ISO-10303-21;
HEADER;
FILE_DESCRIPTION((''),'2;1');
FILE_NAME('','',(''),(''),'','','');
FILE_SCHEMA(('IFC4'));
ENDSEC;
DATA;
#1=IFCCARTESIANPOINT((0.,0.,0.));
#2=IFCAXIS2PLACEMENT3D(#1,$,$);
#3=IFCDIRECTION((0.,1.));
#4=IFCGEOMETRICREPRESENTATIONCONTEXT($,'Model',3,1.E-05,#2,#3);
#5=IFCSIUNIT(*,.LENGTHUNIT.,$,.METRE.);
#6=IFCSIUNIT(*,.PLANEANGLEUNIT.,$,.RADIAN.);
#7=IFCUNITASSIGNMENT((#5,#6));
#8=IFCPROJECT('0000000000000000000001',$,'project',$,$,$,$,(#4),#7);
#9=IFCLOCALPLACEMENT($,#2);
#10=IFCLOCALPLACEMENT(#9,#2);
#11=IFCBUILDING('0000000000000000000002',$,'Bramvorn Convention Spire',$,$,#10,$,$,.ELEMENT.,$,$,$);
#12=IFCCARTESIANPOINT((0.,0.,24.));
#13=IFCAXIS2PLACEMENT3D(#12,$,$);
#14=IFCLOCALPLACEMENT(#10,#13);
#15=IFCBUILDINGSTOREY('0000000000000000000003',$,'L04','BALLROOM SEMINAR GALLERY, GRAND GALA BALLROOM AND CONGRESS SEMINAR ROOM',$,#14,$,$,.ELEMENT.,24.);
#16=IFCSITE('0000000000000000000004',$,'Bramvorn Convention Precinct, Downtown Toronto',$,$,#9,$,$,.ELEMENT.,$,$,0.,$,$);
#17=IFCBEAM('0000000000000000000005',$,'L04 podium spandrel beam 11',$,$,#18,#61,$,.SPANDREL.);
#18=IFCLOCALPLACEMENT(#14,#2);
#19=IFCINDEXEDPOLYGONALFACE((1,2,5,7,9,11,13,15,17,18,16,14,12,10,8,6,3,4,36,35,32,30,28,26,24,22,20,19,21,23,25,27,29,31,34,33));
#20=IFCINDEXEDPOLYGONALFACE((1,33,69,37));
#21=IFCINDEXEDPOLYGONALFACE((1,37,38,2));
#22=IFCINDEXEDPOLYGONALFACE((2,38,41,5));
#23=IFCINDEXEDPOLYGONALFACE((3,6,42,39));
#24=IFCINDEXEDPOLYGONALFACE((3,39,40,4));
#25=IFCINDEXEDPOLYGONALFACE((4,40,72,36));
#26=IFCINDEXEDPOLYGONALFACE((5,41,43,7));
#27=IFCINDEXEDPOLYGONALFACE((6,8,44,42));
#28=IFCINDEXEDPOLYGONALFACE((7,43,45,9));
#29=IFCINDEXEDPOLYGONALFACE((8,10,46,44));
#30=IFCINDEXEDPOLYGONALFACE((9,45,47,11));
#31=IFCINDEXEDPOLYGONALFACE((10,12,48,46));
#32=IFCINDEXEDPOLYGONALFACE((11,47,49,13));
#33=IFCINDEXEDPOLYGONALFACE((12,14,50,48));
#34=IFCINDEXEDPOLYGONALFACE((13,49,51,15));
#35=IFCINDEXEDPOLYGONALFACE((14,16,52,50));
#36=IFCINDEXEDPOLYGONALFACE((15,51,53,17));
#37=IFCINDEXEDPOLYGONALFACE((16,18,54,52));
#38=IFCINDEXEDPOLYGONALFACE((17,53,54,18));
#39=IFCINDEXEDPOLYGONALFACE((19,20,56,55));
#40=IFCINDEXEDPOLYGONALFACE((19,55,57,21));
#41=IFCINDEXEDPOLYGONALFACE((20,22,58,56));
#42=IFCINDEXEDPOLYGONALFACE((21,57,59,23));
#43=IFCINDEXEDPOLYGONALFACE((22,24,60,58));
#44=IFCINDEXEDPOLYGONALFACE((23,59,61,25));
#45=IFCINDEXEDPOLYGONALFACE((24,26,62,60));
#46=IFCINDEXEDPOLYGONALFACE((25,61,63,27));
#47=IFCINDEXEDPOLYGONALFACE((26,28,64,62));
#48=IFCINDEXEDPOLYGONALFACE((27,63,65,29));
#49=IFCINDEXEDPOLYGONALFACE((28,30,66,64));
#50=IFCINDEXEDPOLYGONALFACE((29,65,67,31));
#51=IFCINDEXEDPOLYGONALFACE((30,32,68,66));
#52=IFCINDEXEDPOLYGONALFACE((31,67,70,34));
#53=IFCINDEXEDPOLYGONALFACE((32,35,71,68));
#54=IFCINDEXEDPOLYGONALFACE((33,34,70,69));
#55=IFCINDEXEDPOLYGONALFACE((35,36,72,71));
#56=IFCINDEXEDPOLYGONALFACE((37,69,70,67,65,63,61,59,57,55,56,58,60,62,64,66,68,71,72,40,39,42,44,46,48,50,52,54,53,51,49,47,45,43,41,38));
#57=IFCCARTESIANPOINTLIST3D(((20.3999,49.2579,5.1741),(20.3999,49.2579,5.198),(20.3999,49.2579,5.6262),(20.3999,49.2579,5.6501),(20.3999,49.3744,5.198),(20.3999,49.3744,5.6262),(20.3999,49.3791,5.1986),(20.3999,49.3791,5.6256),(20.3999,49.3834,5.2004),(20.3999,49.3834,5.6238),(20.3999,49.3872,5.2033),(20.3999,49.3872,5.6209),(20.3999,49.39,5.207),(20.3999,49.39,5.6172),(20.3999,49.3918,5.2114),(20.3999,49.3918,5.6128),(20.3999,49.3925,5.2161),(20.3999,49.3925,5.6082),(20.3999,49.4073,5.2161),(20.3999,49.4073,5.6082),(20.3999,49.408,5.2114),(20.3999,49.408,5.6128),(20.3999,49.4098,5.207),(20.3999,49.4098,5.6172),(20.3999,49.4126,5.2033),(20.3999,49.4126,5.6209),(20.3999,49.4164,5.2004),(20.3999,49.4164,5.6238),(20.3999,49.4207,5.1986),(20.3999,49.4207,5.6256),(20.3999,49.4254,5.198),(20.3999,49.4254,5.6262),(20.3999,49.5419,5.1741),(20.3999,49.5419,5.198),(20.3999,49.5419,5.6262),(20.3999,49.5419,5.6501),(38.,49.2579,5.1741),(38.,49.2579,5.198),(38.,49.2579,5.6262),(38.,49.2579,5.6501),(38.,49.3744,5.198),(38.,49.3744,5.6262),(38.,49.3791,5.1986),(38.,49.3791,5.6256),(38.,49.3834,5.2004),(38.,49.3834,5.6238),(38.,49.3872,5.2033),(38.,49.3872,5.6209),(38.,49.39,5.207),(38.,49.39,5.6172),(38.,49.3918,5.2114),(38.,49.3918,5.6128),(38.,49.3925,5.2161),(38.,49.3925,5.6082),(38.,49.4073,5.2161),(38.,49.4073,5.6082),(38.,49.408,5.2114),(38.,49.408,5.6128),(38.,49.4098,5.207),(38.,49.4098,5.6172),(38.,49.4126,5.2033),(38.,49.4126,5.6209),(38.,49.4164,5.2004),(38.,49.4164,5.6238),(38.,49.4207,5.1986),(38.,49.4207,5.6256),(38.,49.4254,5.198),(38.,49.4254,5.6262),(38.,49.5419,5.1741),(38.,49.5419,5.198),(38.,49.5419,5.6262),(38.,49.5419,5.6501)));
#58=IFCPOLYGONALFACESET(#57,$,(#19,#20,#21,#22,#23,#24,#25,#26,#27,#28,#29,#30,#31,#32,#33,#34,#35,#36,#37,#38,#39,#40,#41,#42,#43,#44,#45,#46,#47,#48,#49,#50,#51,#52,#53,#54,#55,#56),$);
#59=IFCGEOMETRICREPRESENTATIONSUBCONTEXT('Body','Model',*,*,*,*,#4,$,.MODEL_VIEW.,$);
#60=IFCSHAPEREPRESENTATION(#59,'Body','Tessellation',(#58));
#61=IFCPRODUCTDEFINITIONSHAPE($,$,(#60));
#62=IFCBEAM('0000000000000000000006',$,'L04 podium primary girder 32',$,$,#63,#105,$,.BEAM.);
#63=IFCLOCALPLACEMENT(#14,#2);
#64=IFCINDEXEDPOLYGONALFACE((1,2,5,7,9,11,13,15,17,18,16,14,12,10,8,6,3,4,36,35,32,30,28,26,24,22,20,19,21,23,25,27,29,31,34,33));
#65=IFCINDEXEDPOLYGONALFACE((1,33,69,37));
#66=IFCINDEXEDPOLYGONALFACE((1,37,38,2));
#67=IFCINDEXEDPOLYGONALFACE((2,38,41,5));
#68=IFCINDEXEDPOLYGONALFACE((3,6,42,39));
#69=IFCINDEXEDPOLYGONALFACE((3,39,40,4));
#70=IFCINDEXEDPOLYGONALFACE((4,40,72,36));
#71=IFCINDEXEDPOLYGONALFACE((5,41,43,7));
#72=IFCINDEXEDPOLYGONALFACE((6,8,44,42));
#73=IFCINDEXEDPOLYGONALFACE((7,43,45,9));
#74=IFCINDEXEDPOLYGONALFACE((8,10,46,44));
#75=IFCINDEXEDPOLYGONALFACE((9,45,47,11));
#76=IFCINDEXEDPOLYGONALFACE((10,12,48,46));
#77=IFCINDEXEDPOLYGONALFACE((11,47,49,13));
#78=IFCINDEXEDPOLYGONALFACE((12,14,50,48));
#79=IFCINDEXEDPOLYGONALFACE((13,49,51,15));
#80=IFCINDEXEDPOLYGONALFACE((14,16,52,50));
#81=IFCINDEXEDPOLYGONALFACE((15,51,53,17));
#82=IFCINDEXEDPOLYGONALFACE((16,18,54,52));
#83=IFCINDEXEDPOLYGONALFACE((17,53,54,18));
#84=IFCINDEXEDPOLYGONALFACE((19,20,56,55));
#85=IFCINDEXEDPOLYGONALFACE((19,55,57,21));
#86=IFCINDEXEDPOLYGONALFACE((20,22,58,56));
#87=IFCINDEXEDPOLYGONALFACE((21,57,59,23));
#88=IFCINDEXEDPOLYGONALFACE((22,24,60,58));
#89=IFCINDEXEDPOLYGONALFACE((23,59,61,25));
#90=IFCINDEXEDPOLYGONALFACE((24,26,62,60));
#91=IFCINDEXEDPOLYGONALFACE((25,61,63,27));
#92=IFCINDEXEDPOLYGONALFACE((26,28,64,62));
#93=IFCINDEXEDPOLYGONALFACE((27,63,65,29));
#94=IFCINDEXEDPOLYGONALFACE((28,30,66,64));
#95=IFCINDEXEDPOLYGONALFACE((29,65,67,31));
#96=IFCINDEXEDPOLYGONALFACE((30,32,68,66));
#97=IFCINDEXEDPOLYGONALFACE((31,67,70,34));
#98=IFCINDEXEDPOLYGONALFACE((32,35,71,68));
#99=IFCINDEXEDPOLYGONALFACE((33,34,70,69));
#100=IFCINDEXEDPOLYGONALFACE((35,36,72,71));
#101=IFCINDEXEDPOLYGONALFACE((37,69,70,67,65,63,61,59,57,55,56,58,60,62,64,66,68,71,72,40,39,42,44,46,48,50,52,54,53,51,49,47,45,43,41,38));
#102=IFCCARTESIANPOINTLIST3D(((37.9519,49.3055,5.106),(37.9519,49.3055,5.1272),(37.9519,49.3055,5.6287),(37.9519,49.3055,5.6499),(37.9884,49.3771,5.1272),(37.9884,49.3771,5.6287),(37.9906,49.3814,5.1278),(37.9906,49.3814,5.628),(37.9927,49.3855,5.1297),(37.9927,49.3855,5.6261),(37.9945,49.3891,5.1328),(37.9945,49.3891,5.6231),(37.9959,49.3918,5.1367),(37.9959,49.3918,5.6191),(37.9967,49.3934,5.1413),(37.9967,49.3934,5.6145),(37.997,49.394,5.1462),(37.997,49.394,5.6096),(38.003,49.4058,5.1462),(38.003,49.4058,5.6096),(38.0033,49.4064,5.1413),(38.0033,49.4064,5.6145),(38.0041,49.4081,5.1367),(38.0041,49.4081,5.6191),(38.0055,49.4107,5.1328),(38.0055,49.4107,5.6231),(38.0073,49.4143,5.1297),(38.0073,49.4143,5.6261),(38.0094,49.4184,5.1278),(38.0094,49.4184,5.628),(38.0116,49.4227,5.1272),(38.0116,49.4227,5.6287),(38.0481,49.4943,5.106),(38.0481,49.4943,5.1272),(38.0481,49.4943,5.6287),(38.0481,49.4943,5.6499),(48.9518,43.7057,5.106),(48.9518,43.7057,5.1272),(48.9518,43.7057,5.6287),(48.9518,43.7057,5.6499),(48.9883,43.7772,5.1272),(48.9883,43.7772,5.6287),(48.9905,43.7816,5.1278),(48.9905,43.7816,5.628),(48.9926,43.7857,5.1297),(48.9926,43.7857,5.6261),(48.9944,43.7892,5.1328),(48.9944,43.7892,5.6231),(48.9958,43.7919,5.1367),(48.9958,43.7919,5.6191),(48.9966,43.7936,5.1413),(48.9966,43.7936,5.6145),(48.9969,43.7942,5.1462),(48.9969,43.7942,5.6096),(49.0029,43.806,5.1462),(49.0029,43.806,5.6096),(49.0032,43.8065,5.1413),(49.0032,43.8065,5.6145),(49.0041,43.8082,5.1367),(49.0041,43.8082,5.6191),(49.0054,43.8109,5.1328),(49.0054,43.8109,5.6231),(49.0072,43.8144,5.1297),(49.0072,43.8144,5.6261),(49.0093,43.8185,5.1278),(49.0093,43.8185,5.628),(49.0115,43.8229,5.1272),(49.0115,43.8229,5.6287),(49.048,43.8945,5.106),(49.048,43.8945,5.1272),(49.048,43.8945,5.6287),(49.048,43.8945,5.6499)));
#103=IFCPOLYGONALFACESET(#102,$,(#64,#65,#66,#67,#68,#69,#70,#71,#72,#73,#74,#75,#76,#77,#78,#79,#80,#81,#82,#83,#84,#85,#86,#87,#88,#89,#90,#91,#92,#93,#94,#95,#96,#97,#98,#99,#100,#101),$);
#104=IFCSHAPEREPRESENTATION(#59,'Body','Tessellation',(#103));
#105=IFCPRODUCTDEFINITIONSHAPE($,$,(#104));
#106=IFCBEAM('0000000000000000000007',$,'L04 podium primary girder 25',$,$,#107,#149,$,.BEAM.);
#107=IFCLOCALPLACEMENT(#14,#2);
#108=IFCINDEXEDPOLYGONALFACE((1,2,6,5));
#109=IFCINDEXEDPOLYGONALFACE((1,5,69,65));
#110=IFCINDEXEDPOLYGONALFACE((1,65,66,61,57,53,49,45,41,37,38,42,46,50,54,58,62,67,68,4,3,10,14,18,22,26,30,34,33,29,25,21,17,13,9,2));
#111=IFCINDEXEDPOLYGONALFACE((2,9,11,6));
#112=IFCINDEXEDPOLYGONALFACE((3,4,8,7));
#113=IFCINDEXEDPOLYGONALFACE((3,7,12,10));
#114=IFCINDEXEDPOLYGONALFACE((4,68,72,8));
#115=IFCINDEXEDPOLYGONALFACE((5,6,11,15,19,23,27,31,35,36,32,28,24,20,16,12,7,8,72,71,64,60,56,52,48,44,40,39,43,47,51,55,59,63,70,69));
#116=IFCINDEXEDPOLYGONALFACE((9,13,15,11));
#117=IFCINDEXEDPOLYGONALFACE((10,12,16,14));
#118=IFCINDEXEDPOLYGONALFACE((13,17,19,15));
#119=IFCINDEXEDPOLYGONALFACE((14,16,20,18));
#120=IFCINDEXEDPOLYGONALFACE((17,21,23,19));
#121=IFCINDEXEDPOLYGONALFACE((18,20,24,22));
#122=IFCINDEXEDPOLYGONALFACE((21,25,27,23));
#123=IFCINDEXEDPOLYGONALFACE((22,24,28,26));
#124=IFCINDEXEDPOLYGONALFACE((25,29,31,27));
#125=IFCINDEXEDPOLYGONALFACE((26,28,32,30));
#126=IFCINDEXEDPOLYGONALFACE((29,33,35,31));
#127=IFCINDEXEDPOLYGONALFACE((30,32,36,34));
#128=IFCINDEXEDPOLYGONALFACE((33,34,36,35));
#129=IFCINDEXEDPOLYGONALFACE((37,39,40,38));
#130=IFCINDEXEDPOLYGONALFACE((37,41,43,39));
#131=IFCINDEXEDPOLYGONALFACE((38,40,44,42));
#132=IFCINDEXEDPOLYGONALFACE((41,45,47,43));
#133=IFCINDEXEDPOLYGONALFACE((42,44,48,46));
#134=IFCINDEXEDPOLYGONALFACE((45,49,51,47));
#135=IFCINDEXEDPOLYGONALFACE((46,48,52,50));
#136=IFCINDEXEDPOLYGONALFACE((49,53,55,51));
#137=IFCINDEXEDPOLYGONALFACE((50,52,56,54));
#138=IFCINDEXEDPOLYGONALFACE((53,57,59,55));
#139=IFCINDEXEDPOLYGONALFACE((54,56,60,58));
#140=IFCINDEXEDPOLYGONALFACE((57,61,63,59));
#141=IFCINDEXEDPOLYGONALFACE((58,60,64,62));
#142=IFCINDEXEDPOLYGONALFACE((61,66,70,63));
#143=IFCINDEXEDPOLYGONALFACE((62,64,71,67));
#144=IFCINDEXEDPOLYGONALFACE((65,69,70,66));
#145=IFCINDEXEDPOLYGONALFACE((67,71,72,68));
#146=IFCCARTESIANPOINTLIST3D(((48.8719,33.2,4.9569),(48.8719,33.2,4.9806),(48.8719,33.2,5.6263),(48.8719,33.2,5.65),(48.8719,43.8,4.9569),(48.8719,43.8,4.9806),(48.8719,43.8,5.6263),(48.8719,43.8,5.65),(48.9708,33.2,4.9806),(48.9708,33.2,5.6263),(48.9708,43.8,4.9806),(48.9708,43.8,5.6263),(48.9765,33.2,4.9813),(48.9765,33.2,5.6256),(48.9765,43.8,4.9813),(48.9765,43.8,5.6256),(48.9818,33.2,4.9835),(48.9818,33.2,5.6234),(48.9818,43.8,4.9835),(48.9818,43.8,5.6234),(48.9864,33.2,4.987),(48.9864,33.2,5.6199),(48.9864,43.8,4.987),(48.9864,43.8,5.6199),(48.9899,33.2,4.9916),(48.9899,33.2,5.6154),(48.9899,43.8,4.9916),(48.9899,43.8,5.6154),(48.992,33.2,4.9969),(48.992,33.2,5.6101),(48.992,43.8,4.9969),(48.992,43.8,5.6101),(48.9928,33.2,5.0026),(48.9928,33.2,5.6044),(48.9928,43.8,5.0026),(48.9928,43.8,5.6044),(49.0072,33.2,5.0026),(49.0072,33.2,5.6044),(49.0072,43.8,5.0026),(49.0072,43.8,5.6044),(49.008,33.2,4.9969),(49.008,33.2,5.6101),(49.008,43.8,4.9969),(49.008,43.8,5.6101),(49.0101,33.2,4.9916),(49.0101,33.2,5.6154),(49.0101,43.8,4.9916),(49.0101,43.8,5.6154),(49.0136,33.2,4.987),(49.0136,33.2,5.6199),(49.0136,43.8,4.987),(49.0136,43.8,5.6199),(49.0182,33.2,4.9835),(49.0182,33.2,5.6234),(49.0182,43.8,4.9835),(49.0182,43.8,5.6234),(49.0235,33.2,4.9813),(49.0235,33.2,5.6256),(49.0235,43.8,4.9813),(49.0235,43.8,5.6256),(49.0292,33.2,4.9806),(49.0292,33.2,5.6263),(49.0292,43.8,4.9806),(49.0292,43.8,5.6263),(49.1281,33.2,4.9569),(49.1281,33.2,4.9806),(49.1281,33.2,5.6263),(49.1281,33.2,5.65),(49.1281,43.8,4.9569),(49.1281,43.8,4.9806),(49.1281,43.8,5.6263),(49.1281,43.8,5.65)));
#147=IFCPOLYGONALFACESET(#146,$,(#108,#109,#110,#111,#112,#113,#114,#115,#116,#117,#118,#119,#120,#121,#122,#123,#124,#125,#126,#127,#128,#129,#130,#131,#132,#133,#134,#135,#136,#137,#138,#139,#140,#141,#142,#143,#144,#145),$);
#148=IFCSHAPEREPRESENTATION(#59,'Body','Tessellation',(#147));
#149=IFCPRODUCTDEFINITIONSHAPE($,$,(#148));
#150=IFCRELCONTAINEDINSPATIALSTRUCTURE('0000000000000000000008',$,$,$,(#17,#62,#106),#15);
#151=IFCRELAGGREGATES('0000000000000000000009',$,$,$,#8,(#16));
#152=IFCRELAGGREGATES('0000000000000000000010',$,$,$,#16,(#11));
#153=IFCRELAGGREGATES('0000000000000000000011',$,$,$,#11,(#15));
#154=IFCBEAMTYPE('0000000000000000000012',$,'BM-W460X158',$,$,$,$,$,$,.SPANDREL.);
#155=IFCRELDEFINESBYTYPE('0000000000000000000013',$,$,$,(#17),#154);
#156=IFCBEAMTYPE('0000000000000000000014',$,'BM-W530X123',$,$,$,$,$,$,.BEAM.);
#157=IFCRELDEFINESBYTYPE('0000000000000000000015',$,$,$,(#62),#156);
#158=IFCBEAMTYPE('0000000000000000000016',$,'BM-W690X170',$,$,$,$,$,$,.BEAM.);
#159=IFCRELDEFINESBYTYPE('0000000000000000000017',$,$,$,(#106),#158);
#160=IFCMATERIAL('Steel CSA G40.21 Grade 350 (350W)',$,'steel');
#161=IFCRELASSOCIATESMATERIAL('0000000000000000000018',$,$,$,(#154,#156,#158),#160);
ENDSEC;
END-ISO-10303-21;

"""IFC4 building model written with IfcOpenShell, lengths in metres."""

from ifc_helpers import new_model, si_unit, direction, frame, origin, origin_2d, place, context, subcontext, project, spatial, i_section, extrude, material, material_profile, profile_set, type_object, element, save


model = new_model("IFC4")

# Units and contexts
model_context = context("Model", 3, precision=1e-05, world=origin(), true_north=direction((0.0, 1.0)))
body_context = subcontext(model_context, "Body", "Model", "MODEL_VIEW")
ifc_project = project(units=[si_unit("LENGTHUNIT", "METRE"), si_unit("PLANEANGLEUNIT", "RADIAN")], contexts=[model_context])

# Site, building, storey
site_placement = place(None, origin())
site = spatial("IfcSite", under=ifc_project, at=site_placement, Name="Bramvorn Convention Precinct, Downtown Toronto", CompositionType="ELEMENT", RefElevation=0.0)
building_placement = place(site_placement, origin())
building = spatial("IfcBuilding", under=site, at=building_placement, Name="Bramvorn Convention Spire", CompositionType="ELEMENT")
storey_placement = place(building_placement, frame((0.0, 0.0, 24.0)))
storey = spatial("IfcBuildingStorey", under=building, at=storey_placement, Name="L04", Description="BALLROOM SEMINAR GALLERY, GRAND GALA BALLROOM AND CONGRESS SEMINAR ROOM", CompositionType="ELEMENT", Elevation=24.0)

# Shared definitions
ifc_material_1 = material(Name="Steel CSA G40.21 Grade 350 (350W)", Category="steel")

# Beams
ifc_material_profile_1 = material_profile(ifc_material_1, i_section(OverallWidth=0.2839, OverallDepth=0.4761, WebThickness=0.0149, FlangeThickness=0.0239, FilletRadius=0.0181, at=origin_2d()))
ifc_profile_set_1 = profile_set([ifc_material_profile_1], Name="Steel CSA G40.21 Grade 350 (350W) - W460X158")
beam_type_1 = type_object("IfcBeamType", Name="BM-W460X158", PredefinedType="SPANDREL", material=ifc_profile_set_1)
beam_1_placement = place(storey_placement, frame((38.0, 49.3999, 5.4121), z_axis=(-1.0, 0.0, 0.0), x_axis=(0.0, -1.0, 0.0)))
element("IfcBeam", 1, at=beam_1_placement, inside=storey, type_object=beam_type_1, Name="L04 podium spandrel beam 11", PredefinedType="SPANDREL", context=body_context, shape_type="SweptSolid", body=[
    extrude(i_section(OverallWidth=0.2839, OverallDepth=0.4761, WebThickness=0.0149, FlangeThickness=0.0239, FilletRadius=0.0181, at=origin_2d()), origin(), (0.0, 0.0, 1.0), 17.6001),
])
ifc_material_profile_2 = material_profile(ifc_material_1, i_section(OverallWidth=0.2119, OverallDepth=0.5439, WebThickness=0.0132, FlangeThickness=0.0212, FilletRadius=0.019, at=origin_2d()))
ifc_profile_set_2 = profile_set([ifc_material_profile_2], Name="Steel CSA G40.21 Grade 350 (350W) - W530X123")
beam_type_2 = type_object("IfcBeamType", Name="BM-W530X123", PredefinedType="BEAM", material=ifc_profile_set_2)
beam_2_placement = place(storey_placement, frame((38.0, 49.3999, 5.3779), z_axis=(0.891168, -0.453674, 0.0), x_axis=(0.453674, 0.891168, 0.0)))
element("IfcBeam", 2, at=beam_2_placement, inside=storey, type_object=beam_type_2, Name="L04 podium primary girder 32", PredefinedType="BEAM", context=body_context, shape_type="SweptSolid", body=[
    extrude(i_section(OverallWidth=0.2119, OverallDepth=0.5439, WebThickness=0.0132, FlangeThickness=0.0212, FilletRadius=0.019, at=origin_2d()), origin(), (0.0, 0.0, 1.0), 12.3433),
])
ifc_material_profile_3 = material_profile(ifc_material_1, i_section(OverallWidth=0.2561, OverallDepth=0.6931, WebThickness=0.0144, FlangeThickness=0.0237, FilletRadius=0.022, at=origin_2d()))
ifc_profile_set_3 = profile_set([ifc_material_profile_3], Name="Steel CSA G40.21 Grade 350 (350W) - W690X170")
beam_type_3 = type_object("IfcBeamType", Name="BM-W690X170", PredefinedType="BEAM", material=ifc_profile_set_3)
beam_3_placement = place(storey_placement, frame((49.0, 33.2, 5.3035), z_axis=(0.0, 1.0, 0.0), x_axis=(-1.0, 0.0, 0.0)))
element("IfcBeam", 3, at=beam_3_placement, inside=storey, type_object=beam_type_3, Name="L04 podium primary girder 25", PredefinedType="BEAM", context=body_context, shape_type="SweptSolid", body=[
    extrude(i_section(OverallWidth=0.2561, OverallDepth=0.6931, WebThickness=0.0144, FlangeThickness=0.0237, FilletRadius=0.022, at=origin_2d()), origin(), (0.0, 0.0, 1.0), 10.6001),
])

save(model, "model.ifc")
